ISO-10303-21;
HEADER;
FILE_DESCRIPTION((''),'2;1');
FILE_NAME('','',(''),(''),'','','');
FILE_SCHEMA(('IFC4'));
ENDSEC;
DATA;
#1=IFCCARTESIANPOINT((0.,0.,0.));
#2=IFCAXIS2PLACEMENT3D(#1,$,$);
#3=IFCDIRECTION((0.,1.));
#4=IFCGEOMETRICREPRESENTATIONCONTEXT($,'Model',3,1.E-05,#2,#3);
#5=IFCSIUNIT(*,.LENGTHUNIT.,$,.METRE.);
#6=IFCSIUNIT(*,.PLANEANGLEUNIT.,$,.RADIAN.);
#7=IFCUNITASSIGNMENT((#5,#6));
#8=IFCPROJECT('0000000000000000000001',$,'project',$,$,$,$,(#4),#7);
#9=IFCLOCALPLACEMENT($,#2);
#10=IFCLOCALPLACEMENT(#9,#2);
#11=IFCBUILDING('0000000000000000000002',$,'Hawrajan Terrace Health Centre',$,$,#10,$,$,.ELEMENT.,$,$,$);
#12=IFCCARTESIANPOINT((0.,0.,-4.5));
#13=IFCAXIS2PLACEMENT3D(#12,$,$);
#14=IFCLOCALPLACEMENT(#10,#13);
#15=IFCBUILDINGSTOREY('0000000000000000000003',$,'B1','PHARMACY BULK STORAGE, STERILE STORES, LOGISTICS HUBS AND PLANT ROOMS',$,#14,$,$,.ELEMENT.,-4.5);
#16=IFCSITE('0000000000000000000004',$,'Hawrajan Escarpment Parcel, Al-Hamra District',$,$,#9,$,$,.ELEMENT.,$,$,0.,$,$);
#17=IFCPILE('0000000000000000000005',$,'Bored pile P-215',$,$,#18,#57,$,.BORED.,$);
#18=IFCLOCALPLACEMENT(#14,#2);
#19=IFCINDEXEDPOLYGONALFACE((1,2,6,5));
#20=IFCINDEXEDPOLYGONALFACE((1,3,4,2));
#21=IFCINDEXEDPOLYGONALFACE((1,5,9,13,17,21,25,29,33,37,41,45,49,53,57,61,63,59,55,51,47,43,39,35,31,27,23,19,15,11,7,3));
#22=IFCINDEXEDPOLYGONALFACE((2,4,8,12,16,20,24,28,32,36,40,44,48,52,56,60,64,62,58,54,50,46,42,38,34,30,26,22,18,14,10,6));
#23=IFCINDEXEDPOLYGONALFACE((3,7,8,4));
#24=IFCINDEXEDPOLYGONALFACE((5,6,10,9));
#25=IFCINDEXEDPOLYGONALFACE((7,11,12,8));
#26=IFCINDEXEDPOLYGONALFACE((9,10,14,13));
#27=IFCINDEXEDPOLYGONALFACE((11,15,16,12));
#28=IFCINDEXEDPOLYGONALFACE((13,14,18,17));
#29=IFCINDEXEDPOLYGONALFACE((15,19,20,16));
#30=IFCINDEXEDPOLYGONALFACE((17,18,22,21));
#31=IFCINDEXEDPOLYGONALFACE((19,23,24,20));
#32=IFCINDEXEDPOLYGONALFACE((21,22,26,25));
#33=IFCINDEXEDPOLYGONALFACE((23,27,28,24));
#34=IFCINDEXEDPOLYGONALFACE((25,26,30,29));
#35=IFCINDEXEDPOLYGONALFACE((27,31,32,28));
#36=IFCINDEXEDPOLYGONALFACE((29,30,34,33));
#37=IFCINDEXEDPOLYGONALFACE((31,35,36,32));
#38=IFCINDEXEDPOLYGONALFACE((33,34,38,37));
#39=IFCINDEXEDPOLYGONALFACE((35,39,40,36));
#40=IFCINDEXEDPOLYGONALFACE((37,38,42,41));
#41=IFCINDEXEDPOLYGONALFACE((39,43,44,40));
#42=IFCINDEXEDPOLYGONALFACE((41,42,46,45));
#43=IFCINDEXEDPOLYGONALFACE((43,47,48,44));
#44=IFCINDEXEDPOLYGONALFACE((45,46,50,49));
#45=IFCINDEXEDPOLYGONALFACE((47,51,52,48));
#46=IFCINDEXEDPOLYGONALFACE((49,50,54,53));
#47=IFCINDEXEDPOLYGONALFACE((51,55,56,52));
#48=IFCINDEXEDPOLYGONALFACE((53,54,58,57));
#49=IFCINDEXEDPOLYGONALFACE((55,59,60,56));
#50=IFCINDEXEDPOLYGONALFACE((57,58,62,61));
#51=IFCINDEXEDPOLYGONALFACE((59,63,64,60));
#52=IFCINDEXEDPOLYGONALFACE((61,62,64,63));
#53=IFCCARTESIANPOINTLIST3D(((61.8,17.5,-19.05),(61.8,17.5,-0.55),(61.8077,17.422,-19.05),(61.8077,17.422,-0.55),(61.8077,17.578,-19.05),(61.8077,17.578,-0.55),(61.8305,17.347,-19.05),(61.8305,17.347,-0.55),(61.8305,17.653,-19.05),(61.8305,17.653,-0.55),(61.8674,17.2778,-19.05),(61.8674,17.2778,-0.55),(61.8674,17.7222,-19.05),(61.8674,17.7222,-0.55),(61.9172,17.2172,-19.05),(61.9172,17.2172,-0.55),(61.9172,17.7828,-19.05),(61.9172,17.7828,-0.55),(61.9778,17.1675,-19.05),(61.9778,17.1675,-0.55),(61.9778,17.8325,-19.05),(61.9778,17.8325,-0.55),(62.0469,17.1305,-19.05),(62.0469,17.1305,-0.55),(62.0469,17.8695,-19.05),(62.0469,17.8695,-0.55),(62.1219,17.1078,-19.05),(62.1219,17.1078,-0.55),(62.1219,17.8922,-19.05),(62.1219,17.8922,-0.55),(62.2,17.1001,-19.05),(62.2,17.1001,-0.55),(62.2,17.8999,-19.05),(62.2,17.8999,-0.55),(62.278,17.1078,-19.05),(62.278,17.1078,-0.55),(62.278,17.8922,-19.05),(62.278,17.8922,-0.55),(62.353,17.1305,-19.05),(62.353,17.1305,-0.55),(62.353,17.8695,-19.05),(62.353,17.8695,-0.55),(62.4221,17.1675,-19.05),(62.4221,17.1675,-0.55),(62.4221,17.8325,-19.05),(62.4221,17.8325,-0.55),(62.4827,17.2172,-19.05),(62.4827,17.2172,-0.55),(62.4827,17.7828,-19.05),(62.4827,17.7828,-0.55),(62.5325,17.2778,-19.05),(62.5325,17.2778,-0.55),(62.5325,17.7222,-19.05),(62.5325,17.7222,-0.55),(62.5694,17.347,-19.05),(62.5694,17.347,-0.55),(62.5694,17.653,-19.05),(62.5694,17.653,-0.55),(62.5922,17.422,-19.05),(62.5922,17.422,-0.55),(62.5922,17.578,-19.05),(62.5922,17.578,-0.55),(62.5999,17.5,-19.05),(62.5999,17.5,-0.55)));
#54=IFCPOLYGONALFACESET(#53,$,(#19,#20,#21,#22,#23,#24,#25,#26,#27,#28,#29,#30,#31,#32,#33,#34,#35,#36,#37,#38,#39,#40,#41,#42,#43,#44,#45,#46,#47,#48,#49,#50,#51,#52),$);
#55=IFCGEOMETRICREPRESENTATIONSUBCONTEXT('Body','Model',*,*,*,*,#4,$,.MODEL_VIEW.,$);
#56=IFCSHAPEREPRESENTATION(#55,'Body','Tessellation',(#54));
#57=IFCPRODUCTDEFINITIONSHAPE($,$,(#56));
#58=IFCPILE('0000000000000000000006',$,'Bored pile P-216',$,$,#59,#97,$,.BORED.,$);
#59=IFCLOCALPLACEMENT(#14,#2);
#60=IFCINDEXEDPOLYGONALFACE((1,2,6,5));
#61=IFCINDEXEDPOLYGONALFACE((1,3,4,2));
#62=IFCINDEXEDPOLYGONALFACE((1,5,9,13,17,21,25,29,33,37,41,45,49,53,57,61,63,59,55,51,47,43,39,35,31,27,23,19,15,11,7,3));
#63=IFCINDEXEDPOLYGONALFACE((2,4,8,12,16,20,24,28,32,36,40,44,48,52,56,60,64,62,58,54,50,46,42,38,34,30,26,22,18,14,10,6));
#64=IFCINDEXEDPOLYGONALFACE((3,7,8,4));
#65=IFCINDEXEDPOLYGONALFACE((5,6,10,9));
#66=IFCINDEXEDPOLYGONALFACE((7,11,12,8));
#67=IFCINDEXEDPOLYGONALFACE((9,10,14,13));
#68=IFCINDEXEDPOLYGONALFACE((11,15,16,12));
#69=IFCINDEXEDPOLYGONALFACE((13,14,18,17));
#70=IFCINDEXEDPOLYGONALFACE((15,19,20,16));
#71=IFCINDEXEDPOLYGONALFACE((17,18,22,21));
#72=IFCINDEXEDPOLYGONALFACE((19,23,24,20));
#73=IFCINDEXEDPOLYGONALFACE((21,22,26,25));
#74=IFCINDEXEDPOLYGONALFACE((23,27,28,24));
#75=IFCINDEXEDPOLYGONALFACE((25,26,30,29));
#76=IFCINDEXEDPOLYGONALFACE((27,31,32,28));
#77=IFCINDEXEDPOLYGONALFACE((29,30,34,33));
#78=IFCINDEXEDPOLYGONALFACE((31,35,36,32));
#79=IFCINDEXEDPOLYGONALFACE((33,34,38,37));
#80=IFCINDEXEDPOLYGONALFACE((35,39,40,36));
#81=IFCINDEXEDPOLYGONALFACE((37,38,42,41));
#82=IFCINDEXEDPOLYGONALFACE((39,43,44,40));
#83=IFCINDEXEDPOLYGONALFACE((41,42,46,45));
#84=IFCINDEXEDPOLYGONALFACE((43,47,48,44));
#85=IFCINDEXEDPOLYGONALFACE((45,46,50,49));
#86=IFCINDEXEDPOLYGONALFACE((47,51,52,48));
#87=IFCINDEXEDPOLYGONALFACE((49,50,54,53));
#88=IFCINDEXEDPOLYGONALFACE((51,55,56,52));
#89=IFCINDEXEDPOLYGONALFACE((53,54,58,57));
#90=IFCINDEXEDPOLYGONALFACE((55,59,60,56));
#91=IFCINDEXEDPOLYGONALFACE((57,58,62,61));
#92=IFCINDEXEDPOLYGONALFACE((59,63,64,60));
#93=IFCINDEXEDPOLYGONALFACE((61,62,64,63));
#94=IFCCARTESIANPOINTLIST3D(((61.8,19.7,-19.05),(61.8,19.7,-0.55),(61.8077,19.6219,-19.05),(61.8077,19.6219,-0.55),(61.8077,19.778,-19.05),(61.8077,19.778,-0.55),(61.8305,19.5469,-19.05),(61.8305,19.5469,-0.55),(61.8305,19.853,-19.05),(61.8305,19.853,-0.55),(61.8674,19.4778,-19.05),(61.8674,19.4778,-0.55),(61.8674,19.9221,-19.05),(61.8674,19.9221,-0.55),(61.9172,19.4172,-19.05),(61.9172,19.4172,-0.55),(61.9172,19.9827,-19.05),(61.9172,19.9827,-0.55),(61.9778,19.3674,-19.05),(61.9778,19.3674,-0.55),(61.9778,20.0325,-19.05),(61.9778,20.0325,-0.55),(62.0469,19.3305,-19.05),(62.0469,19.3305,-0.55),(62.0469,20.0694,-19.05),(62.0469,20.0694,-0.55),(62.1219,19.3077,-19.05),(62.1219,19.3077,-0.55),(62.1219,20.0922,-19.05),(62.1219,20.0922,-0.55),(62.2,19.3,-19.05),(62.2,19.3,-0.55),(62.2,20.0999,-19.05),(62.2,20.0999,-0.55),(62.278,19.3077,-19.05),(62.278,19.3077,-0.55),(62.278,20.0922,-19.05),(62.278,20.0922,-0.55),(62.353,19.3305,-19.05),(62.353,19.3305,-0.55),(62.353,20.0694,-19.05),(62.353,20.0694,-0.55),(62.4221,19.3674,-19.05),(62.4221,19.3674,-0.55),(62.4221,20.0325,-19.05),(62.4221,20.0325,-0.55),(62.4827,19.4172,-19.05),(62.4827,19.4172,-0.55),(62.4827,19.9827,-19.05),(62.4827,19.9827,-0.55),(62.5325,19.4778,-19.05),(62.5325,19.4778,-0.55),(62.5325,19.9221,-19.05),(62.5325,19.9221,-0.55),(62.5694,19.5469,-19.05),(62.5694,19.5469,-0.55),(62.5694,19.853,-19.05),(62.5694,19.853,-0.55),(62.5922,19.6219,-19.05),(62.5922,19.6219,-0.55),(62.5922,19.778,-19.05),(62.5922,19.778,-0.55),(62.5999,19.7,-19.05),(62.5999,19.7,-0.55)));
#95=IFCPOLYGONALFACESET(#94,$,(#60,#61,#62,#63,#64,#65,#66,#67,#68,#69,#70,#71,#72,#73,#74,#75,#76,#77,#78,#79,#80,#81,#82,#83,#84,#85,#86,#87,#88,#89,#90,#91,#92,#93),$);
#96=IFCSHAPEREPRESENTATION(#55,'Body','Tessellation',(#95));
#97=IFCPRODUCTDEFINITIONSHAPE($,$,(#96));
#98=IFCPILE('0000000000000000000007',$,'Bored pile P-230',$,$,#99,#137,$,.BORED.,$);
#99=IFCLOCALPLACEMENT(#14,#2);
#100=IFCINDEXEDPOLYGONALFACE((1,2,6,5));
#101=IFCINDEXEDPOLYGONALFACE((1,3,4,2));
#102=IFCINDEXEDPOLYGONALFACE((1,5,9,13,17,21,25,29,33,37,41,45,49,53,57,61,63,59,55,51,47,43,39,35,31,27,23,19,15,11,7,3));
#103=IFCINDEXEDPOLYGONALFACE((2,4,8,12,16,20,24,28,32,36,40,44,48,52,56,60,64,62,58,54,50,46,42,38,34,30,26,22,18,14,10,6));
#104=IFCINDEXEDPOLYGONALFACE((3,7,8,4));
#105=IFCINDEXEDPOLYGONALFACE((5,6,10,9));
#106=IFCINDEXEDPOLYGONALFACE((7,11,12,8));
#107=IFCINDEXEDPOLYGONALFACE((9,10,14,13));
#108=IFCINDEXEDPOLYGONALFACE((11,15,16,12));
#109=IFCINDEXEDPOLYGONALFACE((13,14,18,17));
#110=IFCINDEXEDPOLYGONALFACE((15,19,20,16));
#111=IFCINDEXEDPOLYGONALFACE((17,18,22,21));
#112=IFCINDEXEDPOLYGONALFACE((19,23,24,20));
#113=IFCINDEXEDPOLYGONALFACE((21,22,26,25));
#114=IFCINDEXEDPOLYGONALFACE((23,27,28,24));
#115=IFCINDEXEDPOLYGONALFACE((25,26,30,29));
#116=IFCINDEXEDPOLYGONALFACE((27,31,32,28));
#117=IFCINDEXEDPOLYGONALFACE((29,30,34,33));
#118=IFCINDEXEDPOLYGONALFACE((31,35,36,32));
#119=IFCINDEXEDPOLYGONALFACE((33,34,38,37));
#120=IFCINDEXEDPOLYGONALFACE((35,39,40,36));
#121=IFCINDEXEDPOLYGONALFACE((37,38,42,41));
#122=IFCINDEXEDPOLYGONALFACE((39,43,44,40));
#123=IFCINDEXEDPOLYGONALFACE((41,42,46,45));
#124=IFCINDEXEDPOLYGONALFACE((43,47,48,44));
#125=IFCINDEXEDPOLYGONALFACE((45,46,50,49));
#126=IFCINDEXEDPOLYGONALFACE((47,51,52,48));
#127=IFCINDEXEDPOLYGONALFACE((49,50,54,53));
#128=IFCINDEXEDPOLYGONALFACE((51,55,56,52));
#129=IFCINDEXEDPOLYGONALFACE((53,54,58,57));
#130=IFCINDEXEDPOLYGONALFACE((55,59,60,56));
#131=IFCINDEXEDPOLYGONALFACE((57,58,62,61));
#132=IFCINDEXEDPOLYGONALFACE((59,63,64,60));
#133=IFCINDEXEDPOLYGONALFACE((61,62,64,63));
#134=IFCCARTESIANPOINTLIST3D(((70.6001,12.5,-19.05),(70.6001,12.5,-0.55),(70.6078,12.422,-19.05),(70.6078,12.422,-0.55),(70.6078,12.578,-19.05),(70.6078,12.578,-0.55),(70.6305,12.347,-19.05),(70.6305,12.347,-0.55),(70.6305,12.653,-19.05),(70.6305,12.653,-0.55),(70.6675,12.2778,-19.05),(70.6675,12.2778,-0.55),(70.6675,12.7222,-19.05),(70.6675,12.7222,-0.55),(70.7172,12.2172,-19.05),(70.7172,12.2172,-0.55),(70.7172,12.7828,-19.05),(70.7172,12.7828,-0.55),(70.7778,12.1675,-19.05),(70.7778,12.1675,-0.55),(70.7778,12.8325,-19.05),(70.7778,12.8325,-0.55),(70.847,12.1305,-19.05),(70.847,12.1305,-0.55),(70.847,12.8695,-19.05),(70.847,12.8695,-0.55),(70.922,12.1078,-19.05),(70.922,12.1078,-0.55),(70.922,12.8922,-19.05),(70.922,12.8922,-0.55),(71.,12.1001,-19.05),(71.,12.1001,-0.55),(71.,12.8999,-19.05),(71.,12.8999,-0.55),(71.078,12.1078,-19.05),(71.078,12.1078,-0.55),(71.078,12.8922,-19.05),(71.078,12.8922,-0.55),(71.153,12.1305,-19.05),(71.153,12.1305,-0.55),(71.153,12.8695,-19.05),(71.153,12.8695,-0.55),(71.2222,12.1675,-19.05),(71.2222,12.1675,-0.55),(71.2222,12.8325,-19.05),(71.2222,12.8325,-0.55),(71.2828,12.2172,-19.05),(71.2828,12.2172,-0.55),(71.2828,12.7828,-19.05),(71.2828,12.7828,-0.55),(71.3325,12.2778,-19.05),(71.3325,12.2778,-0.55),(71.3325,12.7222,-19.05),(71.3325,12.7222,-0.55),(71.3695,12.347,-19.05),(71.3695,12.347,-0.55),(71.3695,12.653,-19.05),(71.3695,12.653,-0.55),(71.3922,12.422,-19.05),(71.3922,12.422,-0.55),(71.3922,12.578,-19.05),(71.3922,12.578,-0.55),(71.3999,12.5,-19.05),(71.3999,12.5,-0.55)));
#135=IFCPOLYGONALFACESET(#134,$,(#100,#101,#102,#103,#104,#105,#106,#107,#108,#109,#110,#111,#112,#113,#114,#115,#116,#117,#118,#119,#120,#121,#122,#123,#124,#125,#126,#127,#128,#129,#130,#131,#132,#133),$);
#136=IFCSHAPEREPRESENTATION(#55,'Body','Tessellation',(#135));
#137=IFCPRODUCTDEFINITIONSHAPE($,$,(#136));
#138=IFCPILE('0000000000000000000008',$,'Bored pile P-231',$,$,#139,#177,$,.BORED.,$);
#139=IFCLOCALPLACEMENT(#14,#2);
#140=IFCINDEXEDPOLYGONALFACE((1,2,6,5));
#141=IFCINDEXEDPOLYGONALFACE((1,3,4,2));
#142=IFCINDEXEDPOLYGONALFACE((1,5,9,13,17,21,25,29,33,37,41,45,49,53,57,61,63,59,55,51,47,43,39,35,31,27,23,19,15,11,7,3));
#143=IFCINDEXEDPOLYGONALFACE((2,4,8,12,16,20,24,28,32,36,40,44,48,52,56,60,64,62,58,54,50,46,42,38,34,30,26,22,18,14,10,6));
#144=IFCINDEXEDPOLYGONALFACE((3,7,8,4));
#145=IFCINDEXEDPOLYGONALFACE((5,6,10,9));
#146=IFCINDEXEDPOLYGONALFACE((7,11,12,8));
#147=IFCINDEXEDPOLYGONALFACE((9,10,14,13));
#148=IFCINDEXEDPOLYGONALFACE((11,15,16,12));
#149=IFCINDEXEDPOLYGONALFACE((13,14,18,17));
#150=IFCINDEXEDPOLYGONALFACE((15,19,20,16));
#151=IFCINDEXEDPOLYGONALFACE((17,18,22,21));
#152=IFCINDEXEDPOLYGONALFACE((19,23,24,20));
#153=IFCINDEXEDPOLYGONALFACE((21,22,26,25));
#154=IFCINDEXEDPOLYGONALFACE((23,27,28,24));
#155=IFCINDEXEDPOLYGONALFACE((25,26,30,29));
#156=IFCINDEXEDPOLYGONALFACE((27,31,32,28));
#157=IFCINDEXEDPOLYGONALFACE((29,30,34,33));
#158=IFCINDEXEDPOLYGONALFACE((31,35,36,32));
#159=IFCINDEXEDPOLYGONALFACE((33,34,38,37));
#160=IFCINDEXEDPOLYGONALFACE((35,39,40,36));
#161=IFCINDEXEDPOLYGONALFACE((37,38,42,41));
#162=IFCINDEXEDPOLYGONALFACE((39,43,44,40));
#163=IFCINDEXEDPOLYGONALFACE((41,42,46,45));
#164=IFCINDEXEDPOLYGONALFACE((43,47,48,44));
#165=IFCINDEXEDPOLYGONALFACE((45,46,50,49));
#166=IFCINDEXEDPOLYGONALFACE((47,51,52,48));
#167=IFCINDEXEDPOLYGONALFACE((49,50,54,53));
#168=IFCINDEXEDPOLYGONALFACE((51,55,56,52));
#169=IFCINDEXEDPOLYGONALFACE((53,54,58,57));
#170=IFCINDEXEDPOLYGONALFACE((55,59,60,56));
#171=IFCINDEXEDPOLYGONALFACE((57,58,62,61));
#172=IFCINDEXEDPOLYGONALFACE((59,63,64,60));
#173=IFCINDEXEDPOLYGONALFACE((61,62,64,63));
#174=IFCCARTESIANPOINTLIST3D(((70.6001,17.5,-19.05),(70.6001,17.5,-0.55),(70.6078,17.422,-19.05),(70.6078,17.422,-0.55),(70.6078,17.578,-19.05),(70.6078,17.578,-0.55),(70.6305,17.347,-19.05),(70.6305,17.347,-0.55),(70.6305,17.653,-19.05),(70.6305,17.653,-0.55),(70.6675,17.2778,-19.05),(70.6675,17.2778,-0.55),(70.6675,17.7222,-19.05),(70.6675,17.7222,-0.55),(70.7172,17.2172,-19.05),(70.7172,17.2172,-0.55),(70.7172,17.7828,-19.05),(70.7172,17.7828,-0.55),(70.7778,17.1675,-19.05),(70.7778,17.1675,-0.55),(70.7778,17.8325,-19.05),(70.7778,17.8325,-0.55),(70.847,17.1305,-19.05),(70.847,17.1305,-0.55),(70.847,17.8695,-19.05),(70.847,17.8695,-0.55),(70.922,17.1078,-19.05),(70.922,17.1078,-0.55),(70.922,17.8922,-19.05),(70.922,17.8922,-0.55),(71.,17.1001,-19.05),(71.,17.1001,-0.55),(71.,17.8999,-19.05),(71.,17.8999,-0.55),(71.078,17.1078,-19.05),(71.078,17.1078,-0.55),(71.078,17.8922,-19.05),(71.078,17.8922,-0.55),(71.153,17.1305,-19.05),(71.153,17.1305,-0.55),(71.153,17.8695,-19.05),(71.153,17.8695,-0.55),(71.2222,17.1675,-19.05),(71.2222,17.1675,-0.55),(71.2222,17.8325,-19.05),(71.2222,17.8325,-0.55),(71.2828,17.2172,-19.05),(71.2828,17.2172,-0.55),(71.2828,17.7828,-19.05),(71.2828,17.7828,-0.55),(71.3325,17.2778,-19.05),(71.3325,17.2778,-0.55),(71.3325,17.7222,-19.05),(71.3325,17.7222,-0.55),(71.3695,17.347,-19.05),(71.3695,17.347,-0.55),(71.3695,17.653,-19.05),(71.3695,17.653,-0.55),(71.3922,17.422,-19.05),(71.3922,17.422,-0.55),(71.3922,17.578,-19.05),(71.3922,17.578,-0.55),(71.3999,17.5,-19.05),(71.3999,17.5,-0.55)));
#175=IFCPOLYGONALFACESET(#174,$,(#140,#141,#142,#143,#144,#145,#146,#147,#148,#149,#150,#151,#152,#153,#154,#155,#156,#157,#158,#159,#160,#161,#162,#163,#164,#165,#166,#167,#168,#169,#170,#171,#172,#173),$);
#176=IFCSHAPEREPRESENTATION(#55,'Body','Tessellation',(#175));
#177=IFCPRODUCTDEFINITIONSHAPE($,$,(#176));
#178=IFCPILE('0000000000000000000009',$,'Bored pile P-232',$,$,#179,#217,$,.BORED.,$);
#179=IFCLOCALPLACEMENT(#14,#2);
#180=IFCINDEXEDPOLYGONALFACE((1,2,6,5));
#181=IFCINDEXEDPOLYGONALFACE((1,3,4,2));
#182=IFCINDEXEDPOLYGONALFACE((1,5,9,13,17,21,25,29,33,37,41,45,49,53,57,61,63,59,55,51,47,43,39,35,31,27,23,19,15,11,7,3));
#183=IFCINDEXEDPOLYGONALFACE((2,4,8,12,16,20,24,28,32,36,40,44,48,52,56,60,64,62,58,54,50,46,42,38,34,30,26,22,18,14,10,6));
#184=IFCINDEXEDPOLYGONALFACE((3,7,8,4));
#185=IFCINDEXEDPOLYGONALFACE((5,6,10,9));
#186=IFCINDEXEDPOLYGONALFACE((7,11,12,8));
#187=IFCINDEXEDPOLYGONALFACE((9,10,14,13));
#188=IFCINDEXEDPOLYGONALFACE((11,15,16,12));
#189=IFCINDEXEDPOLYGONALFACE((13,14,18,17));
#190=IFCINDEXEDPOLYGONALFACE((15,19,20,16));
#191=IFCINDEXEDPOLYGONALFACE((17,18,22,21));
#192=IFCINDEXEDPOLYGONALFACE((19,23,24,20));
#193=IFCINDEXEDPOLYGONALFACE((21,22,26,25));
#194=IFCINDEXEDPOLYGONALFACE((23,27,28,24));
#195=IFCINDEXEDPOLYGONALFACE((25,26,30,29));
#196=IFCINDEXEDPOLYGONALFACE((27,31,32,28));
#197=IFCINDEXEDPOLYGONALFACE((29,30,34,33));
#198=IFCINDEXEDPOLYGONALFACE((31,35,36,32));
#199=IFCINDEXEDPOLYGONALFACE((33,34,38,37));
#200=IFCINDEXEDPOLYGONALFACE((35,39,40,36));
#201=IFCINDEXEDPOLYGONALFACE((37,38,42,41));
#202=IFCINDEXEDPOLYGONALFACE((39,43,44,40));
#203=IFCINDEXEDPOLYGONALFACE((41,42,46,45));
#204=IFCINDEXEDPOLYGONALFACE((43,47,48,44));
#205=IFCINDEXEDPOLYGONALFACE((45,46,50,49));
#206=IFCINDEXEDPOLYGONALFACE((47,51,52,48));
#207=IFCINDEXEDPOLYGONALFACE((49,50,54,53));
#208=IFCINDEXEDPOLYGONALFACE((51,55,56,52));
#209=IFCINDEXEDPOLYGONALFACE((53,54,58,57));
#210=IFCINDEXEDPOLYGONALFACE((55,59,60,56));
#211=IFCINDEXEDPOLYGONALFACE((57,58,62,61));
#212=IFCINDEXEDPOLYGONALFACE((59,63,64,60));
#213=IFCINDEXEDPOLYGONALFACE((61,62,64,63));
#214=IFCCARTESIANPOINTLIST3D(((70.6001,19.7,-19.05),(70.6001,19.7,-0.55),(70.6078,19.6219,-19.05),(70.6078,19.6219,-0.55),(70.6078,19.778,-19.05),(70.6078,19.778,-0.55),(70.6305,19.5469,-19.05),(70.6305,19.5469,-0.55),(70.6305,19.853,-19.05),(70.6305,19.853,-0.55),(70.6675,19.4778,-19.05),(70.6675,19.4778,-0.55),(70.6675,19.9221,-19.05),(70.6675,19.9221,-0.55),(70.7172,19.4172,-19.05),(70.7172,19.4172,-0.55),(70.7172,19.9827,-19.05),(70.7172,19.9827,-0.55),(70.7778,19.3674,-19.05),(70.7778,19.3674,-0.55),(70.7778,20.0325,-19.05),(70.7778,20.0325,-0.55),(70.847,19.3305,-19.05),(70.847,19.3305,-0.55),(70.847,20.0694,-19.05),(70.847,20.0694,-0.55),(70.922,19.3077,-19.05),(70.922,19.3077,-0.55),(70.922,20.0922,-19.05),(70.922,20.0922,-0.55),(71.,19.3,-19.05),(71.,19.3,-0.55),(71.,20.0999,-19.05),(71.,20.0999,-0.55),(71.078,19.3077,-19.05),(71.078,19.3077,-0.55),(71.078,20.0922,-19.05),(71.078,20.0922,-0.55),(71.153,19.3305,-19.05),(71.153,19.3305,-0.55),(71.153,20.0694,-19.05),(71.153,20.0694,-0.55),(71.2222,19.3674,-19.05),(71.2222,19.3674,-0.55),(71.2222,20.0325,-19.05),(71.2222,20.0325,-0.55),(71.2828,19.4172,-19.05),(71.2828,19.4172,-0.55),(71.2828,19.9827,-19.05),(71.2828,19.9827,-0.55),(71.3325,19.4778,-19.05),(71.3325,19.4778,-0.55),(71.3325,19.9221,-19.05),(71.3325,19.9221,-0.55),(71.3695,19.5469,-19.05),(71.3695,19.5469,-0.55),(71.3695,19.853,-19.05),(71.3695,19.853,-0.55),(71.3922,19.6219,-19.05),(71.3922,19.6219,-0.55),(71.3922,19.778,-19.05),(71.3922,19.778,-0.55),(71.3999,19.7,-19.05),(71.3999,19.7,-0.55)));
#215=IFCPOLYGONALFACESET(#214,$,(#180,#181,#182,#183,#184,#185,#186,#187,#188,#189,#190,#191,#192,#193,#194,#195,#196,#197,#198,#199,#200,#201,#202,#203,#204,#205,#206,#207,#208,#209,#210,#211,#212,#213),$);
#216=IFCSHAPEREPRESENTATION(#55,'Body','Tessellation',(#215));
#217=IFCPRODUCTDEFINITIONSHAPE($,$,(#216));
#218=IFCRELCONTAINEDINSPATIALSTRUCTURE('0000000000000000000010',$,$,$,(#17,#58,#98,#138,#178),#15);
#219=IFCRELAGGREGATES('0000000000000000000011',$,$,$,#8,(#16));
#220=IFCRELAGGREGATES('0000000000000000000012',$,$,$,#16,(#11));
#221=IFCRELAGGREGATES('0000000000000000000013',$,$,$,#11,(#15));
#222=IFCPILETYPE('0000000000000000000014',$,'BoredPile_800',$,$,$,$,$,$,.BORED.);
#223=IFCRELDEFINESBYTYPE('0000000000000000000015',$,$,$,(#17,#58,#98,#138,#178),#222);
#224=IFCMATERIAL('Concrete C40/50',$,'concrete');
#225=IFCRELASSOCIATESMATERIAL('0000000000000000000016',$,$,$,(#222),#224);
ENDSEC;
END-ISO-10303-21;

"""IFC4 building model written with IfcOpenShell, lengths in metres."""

from ifc_helpers import new_model, si_unit, direction, frame, origin, origin_2d, place, context, subcontext, project, spatial, circle, extrude, material, material_profile, profile_set, type_object, element, save


model = new_model("IFC4")

# Units and contexts
model_context = context("Model", 3, precision=1e-05, world=origin(), true_north=direction((0.0, 1.0)))
body_context = subcontext(model_context, "Body", "Model", "MODEL_VIEW")
ifc_project = project(units=[si_unit("LENGTHUNIT", "METRE"), si_unit("PLANEANGLEUNIT", "RADIAN")], contexts=[model_context])

# Site, building, storey
site_placement = place(None, origin())
site = spatial("IfcSite", under=ifc_project, at=site_placement, Name="Hawrajan Escarpment Parcel, Al-Hamra District", CompositionType="ELEMENT", RefElevation=0.0)
building_placement = place(site_placement, origin())
building = spatial("IfcBuilding", under=site, at=building_placement, Name="Hawrajan Terrace Health Centre", CompositionType="ELEMENT")
storey_placement = place(building_placement, frame((0.0, 0.0, -4.5)))
storey = spatial("IfcBuildingStorey", under=building, at=storey_placement, Name="B1", Description="PHARMACY BULK STORAGE, STERILE STORES, LOGISTICS HUBS AND PLANT ROOMS", CompositionType="ELEMENT", Elevation=-4.5)

# Piles
ifc_material_1 = material(Name="Concrete C40/50", Category="concrete")
ifc_material_profile_1 = material_profile(ifc_material_1, circle(Radius=0.3999, at=origin_2d()), Name="BP 800")
ifc_profile_set_1 = profile_set([ifc_material_profile_1], Name="Concrete C40/50")
pile_type_1 = type_object("IfcPileType", Name="BoredPile_800", PredefinedType="BORED", material=ifc_profile_set_1)
for number, where, z_axis, x_axis, name in (
    (1, (62.2, 17.5, -0.55), (0.0, 0.0, -1.0), (1.0, 0.0, 0.0), "Bored pile P-215"),
    (2, (62.2, 19.7, -0.55), (0.0, 0.0, -1.0), (1.0, 0.0, 0.0), "Bored pile P-216"),
    (3, (71.0, 12.5, -0.55), (0.0, 0.0, -1.0), (1.0, 0.0, 0.0), "Bored pile P-230"),
    (4, (71.0, 17.5, -0.55), (0.0, 0.0, -1.0), (1.0, 0.0, 0.0), "Bored pile P-231"),
    (5, (71.0, 19.7, -0.55), (0.0, 0.0, -1.0), (1.0, 0.0, 0.0), "Bored pile P-232"),
):
    element("IfcPile", number, at=place(storey_placement, frame(where, z_axis=z_axis, x_axis=x_axis)), inside=storey, type_object=pile_type_1, Name=name, PredefinedType="BORED", context=body_context, shape_type="SweptSolid", body=[
        extrude(circle(Radius=0.3999, at=origin_2d()), origin(), (0.0, 0.0, 1.0), 18.5),
    ])

save(model, "model.ifc")
